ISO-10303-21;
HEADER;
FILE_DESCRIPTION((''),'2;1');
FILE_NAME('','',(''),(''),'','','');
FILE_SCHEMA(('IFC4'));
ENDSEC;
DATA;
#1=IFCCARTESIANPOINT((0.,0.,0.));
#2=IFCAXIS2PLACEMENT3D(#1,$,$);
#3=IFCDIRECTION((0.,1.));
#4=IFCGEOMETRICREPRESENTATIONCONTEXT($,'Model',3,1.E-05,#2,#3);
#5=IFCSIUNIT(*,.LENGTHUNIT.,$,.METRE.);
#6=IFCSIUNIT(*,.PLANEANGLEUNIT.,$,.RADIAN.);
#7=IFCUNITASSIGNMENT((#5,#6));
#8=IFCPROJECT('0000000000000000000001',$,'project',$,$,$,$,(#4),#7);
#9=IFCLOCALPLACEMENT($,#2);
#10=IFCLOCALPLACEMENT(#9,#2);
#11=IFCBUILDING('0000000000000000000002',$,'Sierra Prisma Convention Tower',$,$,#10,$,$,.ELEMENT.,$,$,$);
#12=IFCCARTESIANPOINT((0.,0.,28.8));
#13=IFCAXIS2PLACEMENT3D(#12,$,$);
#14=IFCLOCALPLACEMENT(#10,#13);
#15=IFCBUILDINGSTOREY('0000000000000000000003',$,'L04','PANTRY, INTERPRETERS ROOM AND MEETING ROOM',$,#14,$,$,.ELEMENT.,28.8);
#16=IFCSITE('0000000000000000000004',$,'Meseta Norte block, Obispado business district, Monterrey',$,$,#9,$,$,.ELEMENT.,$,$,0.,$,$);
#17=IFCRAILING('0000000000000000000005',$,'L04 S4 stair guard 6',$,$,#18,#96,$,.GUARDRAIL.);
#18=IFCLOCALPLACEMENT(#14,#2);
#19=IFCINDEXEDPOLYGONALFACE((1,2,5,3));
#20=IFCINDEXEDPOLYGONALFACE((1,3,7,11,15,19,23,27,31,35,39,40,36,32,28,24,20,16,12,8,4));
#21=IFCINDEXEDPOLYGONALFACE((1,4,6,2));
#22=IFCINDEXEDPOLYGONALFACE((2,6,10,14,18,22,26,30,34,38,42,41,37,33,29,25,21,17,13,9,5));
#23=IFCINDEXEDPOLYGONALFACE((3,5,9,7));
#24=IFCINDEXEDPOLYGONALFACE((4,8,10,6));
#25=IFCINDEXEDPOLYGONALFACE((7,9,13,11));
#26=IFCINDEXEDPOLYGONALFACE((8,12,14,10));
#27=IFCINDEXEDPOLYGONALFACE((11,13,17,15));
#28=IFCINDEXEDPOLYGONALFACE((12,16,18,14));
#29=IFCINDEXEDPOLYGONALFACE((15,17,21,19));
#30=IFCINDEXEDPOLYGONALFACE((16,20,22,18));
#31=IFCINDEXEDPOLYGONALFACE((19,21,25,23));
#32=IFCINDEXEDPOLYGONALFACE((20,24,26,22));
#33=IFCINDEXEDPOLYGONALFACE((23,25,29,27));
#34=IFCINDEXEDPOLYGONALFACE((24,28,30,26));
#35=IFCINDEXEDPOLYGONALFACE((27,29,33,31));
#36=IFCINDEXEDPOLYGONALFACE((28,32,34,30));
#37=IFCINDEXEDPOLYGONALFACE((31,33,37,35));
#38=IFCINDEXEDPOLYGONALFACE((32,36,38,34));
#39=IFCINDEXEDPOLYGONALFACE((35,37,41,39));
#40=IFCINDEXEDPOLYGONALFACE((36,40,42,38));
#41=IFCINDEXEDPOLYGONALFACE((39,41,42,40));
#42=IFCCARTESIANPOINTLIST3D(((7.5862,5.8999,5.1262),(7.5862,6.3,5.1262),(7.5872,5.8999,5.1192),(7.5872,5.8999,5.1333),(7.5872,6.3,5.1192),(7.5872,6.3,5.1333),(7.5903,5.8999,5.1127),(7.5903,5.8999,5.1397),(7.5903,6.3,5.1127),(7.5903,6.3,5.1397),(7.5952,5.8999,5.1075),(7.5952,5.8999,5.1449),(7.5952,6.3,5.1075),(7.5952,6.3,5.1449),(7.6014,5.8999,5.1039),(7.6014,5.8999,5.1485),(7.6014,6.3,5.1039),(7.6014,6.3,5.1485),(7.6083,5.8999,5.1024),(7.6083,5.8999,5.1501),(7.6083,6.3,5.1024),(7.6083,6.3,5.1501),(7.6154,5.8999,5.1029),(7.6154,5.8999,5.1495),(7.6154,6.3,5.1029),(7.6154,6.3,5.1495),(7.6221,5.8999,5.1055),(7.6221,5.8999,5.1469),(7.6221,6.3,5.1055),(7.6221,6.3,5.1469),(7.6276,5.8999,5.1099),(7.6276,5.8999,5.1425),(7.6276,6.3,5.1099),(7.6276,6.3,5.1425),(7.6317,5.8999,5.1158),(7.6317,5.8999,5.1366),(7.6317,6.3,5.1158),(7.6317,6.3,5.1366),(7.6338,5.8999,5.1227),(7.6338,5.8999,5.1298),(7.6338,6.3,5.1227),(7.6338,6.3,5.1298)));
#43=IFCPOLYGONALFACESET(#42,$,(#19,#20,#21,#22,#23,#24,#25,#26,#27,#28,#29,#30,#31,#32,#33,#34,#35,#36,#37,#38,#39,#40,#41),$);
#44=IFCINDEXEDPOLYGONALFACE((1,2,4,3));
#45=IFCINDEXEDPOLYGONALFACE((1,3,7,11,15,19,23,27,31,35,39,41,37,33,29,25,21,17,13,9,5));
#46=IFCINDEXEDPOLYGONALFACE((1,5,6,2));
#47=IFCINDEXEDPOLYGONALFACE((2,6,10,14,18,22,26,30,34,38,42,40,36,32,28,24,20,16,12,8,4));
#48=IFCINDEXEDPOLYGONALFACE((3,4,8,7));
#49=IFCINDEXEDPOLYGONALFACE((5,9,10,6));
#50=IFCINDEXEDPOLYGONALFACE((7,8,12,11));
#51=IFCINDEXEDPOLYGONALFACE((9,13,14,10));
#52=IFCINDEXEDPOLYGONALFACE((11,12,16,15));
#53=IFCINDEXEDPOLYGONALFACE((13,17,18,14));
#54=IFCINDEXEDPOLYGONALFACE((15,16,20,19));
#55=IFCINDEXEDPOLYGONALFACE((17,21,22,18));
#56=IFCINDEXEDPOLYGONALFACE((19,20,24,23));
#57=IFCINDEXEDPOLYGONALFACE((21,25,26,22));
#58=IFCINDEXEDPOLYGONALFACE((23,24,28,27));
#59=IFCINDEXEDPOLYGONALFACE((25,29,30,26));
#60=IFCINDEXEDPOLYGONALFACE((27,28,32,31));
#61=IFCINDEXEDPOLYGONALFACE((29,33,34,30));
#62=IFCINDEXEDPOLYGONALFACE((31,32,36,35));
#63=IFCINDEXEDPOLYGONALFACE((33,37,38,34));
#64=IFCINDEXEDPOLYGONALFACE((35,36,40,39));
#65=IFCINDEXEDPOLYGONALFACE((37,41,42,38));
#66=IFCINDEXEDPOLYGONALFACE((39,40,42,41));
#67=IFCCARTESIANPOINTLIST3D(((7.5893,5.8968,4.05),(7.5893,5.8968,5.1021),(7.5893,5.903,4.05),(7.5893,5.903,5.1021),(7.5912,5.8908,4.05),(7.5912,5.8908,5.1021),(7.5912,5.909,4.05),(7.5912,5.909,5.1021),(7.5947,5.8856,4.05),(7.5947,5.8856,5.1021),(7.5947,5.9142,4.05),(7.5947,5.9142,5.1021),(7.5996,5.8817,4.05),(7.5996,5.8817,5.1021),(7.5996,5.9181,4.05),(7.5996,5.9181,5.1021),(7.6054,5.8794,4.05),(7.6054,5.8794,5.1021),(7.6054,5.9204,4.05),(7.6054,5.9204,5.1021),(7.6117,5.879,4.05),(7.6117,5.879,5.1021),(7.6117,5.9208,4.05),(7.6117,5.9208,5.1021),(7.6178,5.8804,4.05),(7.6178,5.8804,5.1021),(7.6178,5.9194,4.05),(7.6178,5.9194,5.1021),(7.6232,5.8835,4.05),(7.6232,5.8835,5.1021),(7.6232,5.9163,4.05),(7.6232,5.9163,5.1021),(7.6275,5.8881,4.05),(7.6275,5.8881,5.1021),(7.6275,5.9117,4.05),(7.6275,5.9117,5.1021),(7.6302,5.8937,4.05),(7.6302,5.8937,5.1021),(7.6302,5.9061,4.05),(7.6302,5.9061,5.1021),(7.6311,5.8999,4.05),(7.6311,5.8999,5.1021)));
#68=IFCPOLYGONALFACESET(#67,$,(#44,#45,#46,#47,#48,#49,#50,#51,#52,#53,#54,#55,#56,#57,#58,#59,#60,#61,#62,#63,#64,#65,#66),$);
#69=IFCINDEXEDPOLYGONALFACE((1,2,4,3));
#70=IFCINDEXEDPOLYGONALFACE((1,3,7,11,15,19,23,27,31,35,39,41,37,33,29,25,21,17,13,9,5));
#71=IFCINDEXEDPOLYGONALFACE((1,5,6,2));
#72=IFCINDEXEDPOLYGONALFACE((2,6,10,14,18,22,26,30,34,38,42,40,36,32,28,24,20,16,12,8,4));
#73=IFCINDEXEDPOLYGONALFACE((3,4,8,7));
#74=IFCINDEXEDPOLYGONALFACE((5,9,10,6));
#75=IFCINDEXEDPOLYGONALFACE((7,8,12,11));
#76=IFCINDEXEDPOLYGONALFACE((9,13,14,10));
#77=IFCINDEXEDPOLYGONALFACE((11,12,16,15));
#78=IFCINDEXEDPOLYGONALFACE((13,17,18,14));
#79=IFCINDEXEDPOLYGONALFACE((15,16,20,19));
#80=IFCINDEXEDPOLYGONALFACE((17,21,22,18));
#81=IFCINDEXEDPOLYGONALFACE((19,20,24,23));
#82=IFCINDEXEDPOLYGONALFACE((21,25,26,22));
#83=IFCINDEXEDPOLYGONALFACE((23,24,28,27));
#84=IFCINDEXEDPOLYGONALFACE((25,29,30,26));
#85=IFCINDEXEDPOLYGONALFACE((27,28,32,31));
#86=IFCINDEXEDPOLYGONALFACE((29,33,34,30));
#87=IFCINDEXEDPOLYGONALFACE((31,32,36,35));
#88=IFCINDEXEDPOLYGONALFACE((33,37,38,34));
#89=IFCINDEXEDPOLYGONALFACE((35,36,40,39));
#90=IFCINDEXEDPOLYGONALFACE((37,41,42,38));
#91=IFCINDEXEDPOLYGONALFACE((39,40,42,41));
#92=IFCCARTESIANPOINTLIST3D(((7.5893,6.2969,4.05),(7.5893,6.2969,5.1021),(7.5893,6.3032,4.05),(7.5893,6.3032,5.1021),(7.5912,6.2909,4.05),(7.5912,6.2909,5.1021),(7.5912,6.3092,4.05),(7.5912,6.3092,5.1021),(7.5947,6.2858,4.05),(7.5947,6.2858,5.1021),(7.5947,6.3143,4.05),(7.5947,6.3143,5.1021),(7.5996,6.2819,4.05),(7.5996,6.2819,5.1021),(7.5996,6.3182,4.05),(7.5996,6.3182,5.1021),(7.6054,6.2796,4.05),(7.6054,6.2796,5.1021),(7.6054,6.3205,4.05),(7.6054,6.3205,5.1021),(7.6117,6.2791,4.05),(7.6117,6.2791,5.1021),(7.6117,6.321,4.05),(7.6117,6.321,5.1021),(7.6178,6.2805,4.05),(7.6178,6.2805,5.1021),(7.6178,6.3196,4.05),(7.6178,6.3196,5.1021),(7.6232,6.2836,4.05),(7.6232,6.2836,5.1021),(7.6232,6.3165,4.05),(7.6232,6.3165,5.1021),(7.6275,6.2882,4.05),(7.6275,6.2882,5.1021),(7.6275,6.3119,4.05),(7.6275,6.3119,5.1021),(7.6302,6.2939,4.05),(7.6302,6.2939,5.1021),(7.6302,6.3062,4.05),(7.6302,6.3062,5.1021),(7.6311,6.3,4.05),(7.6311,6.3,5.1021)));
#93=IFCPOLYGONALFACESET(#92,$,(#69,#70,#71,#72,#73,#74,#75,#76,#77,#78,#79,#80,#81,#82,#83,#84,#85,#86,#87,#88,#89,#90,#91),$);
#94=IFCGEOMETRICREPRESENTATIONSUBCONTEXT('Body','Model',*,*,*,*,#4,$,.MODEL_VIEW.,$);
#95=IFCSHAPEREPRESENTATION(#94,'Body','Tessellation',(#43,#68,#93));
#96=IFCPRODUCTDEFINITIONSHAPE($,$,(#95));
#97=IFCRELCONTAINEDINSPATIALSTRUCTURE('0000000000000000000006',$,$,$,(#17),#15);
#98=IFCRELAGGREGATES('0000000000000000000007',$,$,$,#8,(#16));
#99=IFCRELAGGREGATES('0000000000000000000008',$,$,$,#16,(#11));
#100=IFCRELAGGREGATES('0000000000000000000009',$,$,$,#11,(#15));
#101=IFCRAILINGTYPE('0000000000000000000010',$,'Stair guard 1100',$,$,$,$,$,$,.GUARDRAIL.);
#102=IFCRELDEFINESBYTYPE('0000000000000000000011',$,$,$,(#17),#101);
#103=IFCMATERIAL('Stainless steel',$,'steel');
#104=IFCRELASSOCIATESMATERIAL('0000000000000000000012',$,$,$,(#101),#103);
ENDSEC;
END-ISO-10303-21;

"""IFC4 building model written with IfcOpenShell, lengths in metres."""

from ifc_helpers import new_model, si_unit, direction, frame, origin, origin_2d, place, context, subcontext, project, spatial, circle, extrude, material, type_object, element, save


model = new_model("IFC4")

# Units and contexts
model_context = context("Model", 3, precision=1e-05, world=origin(), true_north=direction((0.0, 1.0)))
body_context = subcontext(model_context, "Body", "Model", "MODEL_VIEW")
ifc_project = project(units=[si_unit("LENGTHUNIT", "METRE"), si_unit("PLANEANGLEUNIT", "RADIAN")], contexts=[model_context])

# Site, building, storey
site_placement = place(None, origin())
site = spatial("IfcSite", under=ifc_project, at=site_placement, Name="Meseta Norte block, Obispado business district, Monterrey", CompositionType="ELEMENT", RefElevation=0.0)
building_placement = place(site_placement, origin())
building = spatial("IfcBuilding", under=site, at=building_placement, Name="Sierra Prisma Convention Tower", CompositionType="ELEMENT")
storey_placement = place(building_placement, frame((0.0, 0.0, 28.8)))
storey = spatial("IfcBuildingStorey", under=building, at=storey_placement, Name="L04", Description="PANTRY, INTERPRETERS ROOM AND MEETING ROOM", CompositionType="ELEMENT", Elevation=28.8)

# Railing
ifc_material_1 = material(Name="Stainless steel", Category="steel")
railing_type = type_object("IfcRailingType", Name="Stair guard 1100", PredefinedType="GUARDRAIL", material=ifc_material_1)
railing_1_placement = place(storey_placement, frame((7.6101, 5.8999, 4.05)))
element("IfcRailing", 1, at=railing_1_placement, inside=storey, type_object=railing_type, Name="L04 S4 stair guard 6", PredefinedType="GUARDRAIL", context=body_context, shape_type="SweptSolid", body=[
    extrude(circle(Radius=0.0239, at=origin_2d()), frame((0.0, 0.0, 1.0762), z_axis=(0.0, 1.0, 0.0), x_axis=(-1.0, 0.0, 0.0)), (0.0, 0.0, 1.0), 0.4001),
    extrude(circle(Radius=0.021, at=origin_2d()), origin(), (0.0, 0.0, 1.0), 1.052),
    extrude(circle(Radius=0.021, at=origin_2d()), frame((0.0, 0.4001, 0.0)), (0.0, 0.0, 1.0), 1.052),
])

save(model, "model.ifc")
